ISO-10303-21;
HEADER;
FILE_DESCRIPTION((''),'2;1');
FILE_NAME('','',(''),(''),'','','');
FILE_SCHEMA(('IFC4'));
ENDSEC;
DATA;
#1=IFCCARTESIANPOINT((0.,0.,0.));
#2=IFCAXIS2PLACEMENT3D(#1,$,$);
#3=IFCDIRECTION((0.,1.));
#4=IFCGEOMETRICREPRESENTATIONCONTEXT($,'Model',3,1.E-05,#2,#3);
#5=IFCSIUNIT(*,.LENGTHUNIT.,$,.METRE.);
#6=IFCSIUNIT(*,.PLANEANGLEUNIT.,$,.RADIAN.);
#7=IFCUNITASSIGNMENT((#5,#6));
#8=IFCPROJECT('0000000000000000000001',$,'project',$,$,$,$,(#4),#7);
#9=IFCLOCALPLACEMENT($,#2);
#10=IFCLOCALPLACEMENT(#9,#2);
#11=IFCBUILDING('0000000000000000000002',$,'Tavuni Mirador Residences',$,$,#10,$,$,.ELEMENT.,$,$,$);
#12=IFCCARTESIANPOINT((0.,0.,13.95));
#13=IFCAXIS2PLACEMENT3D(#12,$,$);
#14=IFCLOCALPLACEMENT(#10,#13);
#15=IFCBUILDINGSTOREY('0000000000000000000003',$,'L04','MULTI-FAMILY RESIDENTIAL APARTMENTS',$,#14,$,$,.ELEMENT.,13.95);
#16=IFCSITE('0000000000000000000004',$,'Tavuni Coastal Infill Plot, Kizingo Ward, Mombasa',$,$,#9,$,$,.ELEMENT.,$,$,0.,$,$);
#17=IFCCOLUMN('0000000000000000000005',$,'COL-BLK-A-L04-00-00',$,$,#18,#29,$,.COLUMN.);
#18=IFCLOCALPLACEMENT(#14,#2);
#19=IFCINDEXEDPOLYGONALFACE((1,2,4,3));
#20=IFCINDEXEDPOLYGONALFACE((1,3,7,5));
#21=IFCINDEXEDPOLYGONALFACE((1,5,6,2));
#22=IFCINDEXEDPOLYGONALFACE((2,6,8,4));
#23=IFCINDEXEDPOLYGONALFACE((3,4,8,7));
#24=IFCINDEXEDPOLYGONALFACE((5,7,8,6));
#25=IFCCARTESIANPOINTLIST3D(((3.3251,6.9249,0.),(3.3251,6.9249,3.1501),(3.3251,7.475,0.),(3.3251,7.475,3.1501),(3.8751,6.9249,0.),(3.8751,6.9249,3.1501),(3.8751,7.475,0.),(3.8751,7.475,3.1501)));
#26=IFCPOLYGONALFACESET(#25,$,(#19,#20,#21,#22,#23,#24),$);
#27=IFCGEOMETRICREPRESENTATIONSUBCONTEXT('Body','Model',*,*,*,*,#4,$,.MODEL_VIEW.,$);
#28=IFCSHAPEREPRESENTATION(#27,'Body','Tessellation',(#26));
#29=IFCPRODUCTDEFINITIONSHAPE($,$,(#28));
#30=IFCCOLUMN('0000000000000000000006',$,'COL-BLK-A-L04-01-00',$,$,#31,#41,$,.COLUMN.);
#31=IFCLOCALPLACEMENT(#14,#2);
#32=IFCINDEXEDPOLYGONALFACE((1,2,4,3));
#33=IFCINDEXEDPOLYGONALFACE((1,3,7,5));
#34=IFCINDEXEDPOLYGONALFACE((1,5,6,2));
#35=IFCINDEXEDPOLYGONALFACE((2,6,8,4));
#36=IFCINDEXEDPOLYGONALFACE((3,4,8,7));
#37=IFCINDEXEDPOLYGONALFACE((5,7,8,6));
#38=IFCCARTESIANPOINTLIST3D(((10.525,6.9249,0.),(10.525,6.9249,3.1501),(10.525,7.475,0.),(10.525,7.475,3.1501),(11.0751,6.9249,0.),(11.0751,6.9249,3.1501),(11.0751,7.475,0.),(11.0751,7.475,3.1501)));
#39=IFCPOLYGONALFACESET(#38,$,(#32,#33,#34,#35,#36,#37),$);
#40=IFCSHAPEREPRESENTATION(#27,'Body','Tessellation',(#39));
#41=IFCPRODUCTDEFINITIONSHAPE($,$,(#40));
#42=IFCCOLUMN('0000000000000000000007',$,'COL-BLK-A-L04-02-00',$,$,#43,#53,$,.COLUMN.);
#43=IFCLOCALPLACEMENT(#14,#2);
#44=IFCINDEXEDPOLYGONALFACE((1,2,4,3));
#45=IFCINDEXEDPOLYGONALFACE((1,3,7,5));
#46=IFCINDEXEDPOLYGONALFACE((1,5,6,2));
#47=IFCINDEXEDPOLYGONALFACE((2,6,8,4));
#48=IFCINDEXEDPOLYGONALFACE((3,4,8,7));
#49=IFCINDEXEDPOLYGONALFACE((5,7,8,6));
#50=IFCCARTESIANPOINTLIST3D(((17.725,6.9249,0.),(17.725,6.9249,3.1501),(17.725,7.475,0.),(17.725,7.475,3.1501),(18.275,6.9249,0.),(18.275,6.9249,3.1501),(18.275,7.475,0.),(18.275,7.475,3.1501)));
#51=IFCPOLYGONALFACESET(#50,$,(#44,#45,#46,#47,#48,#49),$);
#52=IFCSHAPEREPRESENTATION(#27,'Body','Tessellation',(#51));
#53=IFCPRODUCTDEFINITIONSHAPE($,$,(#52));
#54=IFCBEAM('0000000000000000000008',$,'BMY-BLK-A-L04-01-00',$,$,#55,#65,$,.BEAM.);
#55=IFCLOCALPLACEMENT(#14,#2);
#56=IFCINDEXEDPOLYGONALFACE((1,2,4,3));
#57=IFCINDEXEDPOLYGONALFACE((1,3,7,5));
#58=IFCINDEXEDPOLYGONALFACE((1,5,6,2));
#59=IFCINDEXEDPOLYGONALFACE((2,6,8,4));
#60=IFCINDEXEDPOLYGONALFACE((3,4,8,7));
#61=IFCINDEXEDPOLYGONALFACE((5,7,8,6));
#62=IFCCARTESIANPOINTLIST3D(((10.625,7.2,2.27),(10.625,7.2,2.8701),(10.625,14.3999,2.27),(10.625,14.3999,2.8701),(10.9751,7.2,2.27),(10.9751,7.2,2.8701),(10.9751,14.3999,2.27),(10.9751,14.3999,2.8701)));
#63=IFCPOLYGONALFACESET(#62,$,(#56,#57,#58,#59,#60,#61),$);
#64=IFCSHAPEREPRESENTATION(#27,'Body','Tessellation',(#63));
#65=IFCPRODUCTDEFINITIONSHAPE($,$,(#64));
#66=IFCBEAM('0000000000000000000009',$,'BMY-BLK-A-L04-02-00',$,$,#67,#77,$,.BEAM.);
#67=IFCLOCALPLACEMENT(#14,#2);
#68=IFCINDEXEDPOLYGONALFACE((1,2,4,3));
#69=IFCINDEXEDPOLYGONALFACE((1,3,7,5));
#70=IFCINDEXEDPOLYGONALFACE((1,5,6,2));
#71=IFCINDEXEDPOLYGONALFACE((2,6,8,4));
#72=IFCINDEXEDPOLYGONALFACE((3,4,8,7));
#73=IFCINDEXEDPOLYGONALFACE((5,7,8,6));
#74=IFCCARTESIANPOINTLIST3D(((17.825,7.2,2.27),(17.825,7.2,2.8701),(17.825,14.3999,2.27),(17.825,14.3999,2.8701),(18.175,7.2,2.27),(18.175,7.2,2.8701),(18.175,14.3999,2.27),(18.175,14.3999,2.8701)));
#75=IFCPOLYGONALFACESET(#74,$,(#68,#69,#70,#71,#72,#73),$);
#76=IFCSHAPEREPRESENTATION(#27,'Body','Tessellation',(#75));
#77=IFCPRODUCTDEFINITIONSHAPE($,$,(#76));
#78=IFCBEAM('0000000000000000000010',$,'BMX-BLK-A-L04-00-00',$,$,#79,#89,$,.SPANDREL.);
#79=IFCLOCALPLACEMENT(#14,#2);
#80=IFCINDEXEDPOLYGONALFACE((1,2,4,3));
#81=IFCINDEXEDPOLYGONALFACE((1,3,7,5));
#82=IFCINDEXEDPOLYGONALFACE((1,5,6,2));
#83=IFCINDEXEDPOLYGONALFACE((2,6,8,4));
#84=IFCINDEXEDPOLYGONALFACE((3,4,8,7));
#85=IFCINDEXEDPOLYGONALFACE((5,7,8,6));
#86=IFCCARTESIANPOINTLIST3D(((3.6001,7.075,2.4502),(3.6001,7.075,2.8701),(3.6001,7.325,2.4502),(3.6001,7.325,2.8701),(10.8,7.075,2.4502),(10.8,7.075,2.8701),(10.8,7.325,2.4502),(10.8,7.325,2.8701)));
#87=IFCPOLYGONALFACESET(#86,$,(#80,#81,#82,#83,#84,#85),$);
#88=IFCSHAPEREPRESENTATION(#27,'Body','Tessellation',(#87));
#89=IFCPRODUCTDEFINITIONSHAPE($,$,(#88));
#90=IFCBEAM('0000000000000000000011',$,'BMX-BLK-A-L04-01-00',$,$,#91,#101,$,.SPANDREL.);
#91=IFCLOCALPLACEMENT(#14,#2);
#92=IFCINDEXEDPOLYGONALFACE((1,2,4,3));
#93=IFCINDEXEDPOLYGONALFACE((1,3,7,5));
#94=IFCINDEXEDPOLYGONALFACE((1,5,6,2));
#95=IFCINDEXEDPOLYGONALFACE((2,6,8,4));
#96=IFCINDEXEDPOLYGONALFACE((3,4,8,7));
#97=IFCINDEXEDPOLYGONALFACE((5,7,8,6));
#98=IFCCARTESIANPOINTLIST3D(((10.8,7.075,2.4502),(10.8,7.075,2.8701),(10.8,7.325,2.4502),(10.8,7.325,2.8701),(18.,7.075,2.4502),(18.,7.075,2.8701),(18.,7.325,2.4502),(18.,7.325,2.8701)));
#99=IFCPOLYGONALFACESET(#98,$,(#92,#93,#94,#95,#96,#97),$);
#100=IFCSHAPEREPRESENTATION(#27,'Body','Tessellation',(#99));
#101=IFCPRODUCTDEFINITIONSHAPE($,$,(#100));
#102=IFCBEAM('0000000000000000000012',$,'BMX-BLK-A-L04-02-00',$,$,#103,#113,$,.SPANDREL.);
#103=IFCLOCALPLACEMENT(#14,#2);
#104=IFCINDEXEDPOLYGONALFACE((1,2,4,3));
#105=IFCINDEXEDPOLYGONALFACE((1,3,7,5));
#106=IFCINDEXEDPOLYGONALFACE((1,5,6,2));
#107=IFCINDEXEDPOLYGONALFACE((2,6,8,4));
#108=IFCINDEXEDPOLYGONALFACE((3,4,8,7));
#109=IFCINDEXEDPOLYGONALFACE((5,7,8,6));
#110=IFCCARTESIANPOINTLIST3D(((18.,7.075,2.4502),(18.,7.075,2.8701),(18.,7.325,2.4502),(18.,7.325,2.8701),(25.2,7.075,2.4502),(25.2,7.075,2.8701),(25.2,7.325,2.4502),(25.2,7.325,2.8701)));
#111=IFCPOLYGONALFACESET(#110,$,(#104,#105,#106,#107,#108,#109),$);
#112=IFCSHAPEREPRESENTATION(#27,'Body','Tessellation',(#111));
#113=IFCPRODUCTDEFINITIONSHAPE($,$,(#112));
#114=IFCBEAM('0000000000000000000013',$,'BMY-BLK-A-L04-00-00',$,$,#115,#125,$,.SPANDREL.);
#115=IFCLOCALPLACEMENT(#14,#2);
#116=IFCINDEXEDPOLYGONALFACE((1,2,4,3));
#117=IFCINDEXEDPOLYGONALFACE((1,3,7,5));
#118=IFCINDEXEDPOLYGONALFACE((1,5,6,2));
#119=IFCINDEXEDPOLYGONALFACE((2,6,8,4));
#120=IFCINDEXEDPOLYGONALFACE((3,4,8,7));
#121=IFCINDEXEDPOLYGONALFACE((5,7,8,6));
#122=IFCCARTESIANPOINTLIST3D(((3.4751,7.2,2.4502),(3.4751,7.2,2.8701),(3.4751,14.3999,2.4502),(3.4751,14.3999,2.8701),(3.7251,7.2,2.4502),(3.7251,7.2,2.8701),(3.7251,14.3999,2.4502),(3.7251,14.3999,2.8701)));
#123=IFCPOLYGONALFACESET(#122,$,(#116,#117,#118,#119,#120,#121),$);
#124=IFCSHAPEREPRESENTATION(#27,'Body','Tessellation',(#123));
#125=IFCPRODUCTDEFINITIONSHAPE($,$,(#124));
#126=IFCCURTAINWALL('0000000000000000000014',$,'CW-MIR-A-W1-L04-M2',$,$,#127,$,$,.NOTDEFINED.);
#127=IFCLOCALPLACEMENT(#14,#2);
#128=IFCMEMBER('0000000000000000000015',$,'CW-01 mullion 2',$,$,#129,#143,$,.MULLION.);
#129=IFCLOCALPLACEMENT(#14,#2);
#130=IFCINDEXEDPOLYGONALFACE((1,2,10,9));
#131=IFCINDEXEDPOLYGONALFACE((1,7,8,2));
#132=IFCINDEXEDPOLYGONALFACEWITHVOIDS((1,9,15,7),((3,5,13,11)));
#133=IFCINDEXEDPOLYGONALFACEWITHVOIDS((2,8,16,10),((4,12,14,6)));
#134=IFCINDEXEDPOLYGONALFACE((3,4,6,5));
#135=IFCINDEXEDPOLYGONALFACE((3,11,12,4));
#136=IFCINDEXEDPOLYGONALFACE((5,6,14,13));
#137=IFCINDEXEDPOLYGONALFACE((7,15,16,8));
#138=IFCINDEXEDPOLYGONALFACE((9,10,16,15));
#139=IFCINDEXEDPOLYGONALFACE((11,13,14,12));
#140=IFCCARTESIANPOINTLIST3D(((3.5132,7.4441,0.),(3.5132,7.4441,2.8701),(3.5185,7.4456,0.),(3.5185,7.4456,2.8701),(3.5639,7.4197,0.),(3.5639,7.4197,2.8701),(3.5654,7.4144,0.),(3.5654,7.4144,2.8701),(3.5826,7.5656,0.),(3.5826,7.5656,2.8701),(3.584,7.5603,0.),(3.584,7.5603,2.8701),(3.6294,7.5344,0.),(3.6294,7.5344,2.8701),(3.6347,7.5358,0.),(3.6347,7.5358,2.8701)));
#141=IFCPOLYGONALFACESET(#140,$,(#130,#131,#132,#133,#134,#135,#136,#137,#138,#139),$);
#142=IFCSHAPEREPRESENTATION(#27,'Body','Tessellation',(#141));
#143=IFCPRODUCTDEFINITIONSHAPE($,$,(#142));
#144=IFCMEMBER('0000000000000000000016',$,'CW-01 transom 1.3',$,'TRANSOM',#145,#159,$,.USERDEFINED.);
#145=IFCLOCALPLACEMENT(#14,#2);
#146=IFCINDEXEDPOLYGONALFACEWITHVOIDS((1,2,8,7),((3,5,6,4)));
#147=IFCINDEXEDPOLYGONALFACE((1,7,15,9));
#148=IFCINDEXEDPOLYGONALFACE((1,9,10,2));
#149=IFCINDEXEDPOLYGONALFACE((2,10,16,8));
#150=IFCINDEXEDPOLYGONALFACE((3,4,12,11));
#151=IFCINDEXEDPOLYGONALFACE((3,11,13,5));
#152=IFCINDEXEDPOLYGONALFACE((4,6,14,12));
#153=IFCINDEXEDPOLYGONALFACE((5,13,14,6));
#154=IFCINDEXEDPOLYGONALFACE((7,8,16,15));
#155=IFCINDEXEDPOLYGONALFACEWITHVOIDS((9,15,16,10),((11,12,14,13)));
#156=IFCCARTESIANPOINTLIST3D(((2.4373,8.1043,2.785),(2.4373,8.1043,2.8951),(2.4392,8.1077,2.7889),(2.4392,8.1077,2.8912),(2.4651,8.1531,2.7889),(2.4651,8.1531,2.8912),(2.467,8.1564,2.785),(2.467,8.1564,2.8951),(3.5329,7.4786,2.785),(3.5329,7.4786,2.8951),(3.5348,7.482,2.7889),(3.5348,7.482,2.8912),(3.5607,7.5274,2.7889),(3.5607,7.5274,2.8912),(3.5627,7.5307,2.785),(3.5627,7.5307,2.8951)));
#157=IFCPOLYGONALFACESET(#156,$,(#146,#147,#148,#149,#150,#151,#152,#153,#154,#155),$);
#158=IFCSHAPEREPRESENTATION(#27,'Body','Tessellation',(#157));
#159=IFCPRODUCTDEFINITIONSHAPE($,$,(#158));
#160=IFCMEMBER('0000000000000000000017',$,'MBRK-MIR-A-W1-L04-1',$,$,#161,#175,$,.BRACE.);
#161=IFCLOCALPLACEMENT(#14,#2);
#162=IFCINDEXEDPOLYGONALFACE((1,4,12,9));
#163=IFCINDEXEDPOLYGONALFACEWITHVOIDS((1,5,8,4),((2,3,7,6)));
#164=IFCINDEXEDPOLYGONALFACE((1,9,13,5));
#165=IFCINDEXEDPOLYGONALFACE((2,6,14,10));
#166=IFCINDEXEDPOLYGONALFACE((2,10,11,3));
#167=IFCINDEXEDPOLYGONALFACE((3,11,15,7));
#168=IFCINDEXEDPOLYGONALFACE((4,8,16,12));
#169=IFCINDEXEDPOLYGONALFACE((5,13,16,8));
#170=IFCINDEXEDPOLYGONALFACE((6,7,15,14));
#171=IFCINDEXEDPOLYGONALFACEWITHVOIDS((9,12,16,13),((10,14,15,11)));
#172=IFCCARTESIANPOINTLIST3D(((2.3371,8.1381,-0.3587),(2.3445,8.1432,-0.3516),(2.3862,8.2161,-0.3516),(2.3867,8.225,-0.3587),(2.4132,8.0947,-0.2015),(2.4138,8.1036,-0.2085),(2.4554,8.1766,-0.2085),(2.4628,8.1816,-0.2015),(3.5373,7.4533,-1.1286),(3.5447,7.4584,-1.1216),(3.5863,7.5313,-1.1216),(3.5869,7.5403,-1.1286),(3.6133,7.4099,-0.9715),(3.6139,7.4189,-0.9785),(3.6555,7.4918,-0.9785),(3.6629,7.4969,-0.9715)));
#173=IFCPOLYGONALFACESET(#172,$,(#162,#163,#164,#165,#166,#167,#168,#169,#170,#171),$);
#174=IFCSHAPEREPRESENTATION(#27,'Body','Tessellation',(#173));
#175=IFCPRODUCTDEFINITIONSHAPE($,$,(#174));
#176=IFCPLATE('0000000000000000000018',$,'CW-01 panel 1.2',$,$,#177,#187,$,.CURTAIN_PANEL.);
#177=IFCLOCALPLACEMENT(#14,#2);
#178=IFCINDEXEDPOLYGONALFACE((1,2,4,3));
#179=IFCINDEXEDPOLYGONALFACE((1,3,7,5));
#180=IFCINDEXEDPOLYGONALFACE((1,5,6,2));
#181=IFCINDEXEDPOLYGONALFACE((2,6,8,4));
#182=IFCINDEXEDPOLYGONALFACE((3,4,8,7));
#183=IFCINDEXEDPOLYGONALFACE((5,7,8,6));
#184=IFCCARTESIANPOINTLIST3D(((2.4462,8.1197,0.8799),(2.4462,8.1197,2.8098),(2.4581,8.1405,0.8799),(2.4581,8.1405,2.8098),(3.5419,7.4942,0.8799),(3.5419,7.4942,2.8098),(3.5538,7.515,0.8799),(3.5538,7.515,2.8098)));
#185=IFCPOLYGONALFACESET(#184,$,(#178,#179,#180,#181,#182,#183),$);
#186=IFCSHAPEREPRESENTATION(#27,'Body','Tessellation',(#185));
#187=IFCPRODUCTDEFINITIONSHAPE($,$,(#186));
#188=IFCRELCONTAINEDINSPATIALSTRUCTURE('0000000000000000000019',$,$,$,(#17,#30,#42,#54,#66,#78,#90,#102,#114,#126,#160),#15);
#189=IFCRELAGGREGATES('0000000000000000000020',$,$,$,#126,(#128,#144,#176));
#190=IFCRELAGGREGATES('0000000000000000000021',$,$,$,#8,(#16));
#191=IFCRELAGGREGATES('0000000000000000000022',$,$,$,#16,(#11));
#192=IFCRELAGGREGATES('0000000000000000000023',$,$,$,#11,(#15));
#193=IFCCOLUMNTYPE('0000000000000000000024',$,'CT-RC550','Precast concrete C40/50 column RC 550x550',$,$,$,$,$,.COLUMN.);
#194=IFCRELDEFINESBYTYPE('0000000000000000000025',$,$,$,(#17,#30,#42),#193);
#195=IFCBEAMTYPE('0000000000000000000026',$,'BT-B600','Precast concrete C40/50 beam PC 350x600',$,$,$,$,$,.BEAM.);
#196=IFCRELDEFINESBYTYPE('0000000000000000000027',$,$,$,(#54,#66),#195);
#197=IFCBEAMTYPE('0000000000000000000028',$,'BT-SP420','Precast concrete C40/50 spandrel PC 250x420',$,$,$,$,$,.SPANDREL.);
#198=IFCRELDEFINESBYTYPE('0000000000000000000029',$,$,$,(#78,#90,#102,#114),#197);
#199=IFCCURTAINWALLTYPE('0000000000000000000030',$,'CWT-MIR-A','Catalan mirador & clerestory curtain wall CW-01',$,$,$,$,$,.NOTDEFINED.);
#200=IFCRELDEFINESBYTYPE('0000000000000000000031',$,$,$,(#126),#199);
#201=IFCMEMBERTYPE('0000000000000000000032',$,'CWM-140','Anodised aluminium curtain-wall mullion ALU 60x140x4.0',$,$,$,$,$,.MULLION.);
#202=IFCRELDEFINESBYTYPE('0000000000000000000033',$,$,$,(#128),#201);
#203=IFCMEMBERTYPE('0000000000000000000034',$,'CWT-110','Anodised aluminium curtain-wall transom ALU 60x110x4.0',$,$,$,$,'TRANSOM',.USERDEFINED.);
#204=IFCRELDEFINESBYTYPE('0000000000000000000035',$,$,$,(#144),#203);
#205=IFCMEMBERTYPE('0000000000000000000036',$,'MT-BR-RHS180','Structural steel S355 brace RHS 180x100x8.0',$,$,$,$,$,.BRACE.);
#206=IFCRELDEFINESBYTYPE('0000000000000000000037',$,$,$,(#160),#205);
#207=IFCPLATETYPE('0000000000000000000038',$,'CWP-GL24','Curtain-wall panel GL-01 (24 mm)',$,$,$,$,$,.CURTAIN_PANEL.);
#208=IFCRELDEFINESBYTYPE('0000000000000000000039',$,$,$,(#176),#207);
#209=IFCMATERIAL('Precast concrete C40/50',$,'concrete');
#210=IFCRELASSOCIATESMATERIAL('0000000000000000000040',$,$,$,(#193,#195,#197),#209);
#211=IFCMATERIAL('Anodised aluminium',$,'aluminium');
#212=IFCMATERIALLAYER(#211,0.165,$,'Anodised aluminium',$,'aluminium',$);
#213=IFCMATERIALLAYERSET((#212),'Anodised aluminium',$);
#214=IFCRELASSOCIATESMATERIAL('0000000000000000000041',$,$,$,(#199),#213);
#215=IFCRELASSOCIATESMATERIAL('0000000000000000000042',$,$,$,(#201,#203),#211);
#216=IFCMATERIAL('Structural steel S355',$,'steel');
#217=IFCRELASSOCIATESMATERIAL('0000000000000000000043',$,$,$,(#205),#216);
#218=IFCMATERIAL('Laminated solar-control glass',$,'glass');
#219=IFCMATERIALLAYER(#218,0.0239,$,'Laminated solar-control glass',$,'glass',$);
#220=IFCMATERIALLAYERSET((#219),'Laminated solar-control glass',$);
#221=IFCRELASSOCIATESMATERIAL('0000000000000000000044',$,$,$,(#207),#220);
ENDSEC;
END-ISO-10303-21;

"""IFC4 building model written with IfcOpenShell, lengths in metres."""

from ifc_helpers import new_model, si_unit, direction, frame, origin, origin_2d, place, context, subcontext, project, spatial, rectangle, hollow_rectangle, extrude, material, layer, layer_set, material_profile, profile_set, type_object, element, aggregate, save


model = new_model("IFC4")

# Units and contexts
model_context = context("Model", 3, precision=1e-05, world=origin(), true_north=direction((0.0, 1.0)))
body_context = subcontext(model_context, "Body", "Model", "MODEL_VIEW")
ifc_project = project(units=[si_unit("LENGTHUNIT", "METRE"), si_unit("PLANEANGLEUNIT", "RADIAN")], contexts=[model_context])

# Site, building, storey
site_placement = place(None, origin())
site = spatial("IfcSite", under=ifc_project, at=site_placement, Name="Tavuni Coastal Infill Plot, Kizingo Ward, Mombasa", CompositionType="ELEMENT", RefElevation=0.0)
building_placement = place(site_placement, origin())
building = spatial("IfcBuilding", under=site, at=building_placement, Name="Tavuni Mirador Residences", CompositionType="ELEMENT")
storey_placement = place(building_placement, frame((0.0, 0.0, 13.95)))
storey = spatial("IfcBuildingStorey", under=building, at=storey_placement, Name="L04", Description="MULTI-FAMILY RESIDENTIAL APARTMENTS", CompositionType="ELEMENT", Elevation=13.95)

# Columns
ifc_material_1 = material(Name="Precast concrete C40/50", Category="concrete")
ifc_material_profile_1 = material_profile(ifc_material_1, rectangle(XDim=0.55, YDim=0.55, at=origin_2d()), Name="RC 550x550", Category="concrete")
ifc_profile_set_1 = profile_set([ifc_material_profile_1], Name="Precast concrete C40/50")
column_type = type_object("IfcColumnType", Name="CT-RC550", Description="Precast concrete C40/50 column RC 550x550", PredefinedType="COLUMN", material=ifc_profile_set_1)
for number, where, z_axis, x_axis, name in (
    (1, (3.6001, 7.2, 0.0), (0.0, 0.0, 1.0), (1.0, 0.0, 0.0), "COL-BLK-A-L04-00-00"),
    (2, (10.8, 7.2, 0.0), (0.0, 0.0, 1.0), (1.0, 0.0, 0.0), "COL-BLK-A-L04-01-00"),
    (3, (18.0, 7.2, 0.0), (0.0, 0.0, 1.0), (1.0, 0.0, 0.0), "COL-BLK-A-L04-02-00"),
):
    element("IfcColumn", number, at=place(storey_placement, frame(where, z_axis=z_axis, x_axis=x_axis)), inside=storey, type_object=column_type, Name=name, PredefinedType="COLUMN", context=body_context, shape_type="SweptSolid", body=[
        extrude(rectangle(XDim=0.55, YDim=0.55, at=origin_2d()), origin(), (0.0, 0.0, 1.0), 3.1501),
    ])

# Beams
ifc_material_profile_2 = material_profile(ifc_material_1, rectangle(XDim=0.3501, YDim=0.6001, at=origin_2d()), Name="PC 350x600", Category="concrete")
ifc_profile_set_2 = profile_set([ifc_material_profile_2], Name="Precast concrete C40/50")
beam_type_1 = type_object("IfcBeamType", Name="BT-B600", Description="Precast concrete C40/50 beam PC 350x600", PredefinedType="BEAM", material=ifc_profile_set_2)
for number, where, z_axis, x_axis, name in (
    (4, (10.8, 7.2, 2.5701), (0.0, 1.0, 0.0), (-1.0, 0.0, 0.0), "BMY-BLK-A-L04-01-00"),
    (5, (18.0, 7.2, 2.5701), (0.0, 1.0, 0.0), (-1.0, 0.0, 0.0), "BMY-BLK-A-L04-02-00"),
):
    element("IfcBeam", number, at=place(storey_placement, frame(where, z_axis=z_axis, x_axis=x_axis)), inside=storey, type_object=beam_type_1, Name=name, PredefinedType="BEAM", context=body_context, shape_type="SweptSolid", body=[
        extrude(rectangle(XDim=0.3501, YDim=0.6001, at=origin_2d()), origin(), (0.0, 0.0, 1.0), 7.2),
    ])
ifc_material_profile_3 = material_profile(ifc_material_1, rectangle(XDim=0.25, YDim=0.4199, at=origin_2d()), Name="PC 250x420", Category="concrete")
ifc_profile_set_3 = profile_set([ifc_material_profile_3], Name="Precast concrete C40/50")
beam_type_2 = type_object("IfcBeamType", Name="BT-SP420", Description="Precast concrete C40/50 spandrel PC 250x420", PredefinedType="SPANDREL", material=ifc_profile_set_3)
for number, where, z_axis, x_axis, name in (
    (6, (3.6001, 7.2, 2.6602), (1.0, 0.0, 0.0), (0.0, 1.0, 0.0), "BMX-BLK-A-L04-00-00"),
    (7, (10.8, 7.2, 2.6602), (1.0, 0.0, 0.0), (0.0, 1.0, 0.0), "BMX-BLK-A-L04-01-00"),
    (8, (18.0, 7.2, 2.6602), (1.0, 0.0, 0.0), (0.0, 1.0, 0.0), "BMX-BLK-A-L04-02-00"),
    (9, (3.6001, 7.2, 2.6602), (0.0, 1.0, 0.0), (-1.0, 0.0, 0.0), "BMY-BLK-A-L04-00-00"),
):
    element("IfcBeam", number, at=place(storey_placement, frame(where, z_axis=z_axis, x_axis=x_axis)), inside=storey, type_object=beam_type_2, Name=name, PredefinedType="SPANDREL", context=body_context, shape_type="SweptSolid", body=[
        extrude(rectangle(XDim=0.25, YDim=0.4199, at=origin_2d()), origin(), (0.0, 0.0, 1.0), 7.2),
    ])

# Curtain wall, members
ifc_material_2 = material(Name="Anodised aluminium", Category="aluminium")
ifc_layer_1 = layer(ifc_material_2, 0.165, Name="Anodised aluminium", Category="aluminium")
ifc_layer_set_1 = layer_set([ifc_layer_1], Name="Anodised aluminium")
curtain_wall_type = type_object("IfcCurtainWallType", Name="CWT-MIR-A", Description="Catalan mirador & clerestory curtain wall CW-01", PredefinedType="NOTDEFINED", material=ifc_layer_set_1)
curtain_wall_placement = place(storey_placement, origin())
curtain_wall = element("IfcCurtainWall", 10, at=curtain_wall_placement, inside=storey, type_object=curtain_wall_type, Name="CW-MIR-A-W1-L04-M2", PredefinedType="NOTDEFINED")
ifc_material_profile_4 = material_profile(ifc_material_2, hollow_rectangle(XDim=0.0601, YDim=0.1399, WallThickness=0.0039, at=origin_2d()), Name="ALU 60x140x4.0", Category="aluminium")
ifc_profile_set_4 = profile_set([ifc_material_profile_4], Name="Anodised aluminium")
member_type_1 = type_object("IfcMemberType", Name="CWM-140", Description="Anodised aluminium curtain-wall mullion ALU 60x140x4.0", PredefinedType="MULLION", material=ifc_profile_set_4)
member_1_placement = place(storey_placement, frame((3.574, 7.49, 0.0), z_axis=(0.0, 0.0, 1.0), x_axis=(0.868466, -0.495749, 0.0)))
member_1 = element("IfcMember", 11, at=member_1_placement, type_object=member_type_1, Name="CW-01 mullion 2", PredefinedType="MULLION", context=body_context, shape_type="SweptSolid", body=[
    extrude(hollow_rectangle(XDim=0.0601, YDim=0.1399, WallThickness=0.0039, at=origin_2d()), origin(), (0.0, 0.0, 1.0), 2.8701),
])
ifc_material_profile_5 = material_profile(ifc_material_2, hollow_rectangle(XDim=0.0601, YDim=0.1101, WallThickness=0.0039, at=origin_2d()), Name="ALU 60x110x4.0", Category="aluminium")
ifc_profile_set_5 = profile_set([ifc_material_profile_5], Name="Anodised aluminium")
member_type_2 = type_object("IfcMemberType", Name="CWT-110", Description="Anodised aluminium curtain-wall transom ALU 60x110x4.0", ElementType="TRANSOM", PredefinedType="USERDEFINED", material=ifc_profile_set_5)
member_2_placement = place(storey_placement, frame((2.4521, 8.1304, 2.8401), z_axis=(0.868374, -0.49591, 0.0), x_axis=(0.49591, 0.868374, 0.0)))
member_2 = element("IfcMember", 12, at=member_2_placement, type_object=member_type_2, Name="CW-01 transom 1.3", ObjectType="TRANSOM", PredefinedType="USERDEFINED", context=body_context, shape_type="SweptSolid", body=[
    extrude(hollow_rectangle(XDim=0.0601, YDim=0.1101, WallThickness=0.0039, at=origin_2d()), origin(), (0.0, 0.0, 1.0), 1.2617),
])

# Member
ifc_material_3 = material(Name="Structural steel S355", Category="steel")
ifc_material_profile_6 = material_profile(ifc_material_3, hollow_rectangle(XDim=0.1001, YDim=0.1799, WallThickness=0.0081, at=origin_2d()), Name="RHS 180x100x8.0", Category="steel")
ifc_profile_set_6 = profile_set([ifc_material_profile_6], Name="Structural steel S355")
member_type_3 = type_object("IfcMemberType", Name="MT-BR-RHS180", Description="Structural steel S355 brace RHS 180x100x8.0", PredefinedType="BRACE", material=ifc_profile_set_6)
member_3_placement = place(storey_placement, frame((3.6001, 7.4751, -1.05), z_axis=(-0.758711, 0.43291, 0.486772), x_axis=(-0.495587, -0.868558, 0.0)))
element("IfcMember", 13, at=member_3_placement, inside=storey, type_object=member_type_3, Name="MBRK-MIR-A-W1-L04-1", PredefinedType="BRACE", context=body_context, shape_type="SweptSolid", body=[
    extrude(hollow_rectangle(XDim=0.1001, YDim=0.1799, WallThickness=0.0081, at=origin_2d()), origin(), (0.0, 0.0, 1.0), 1.5818),
])

# Plate
ifc_material_4 = material(Name="Laminated solar-control glass", Category="glass")
ifc_layer_2 = layer(ifc_material_4, 0.0239, Name="Laminated solar-control glass", Category="glass")
ifc_layer_set_2 = layer_set([ifc_layer_2], Name="Laminated solar-control glass")
plate_type_1 = type_object("IfcPlateType", Name="CWP-GL24", Description="Curtain-wall panel GL-01 (24 mm)", PredefinedType="CURTAIN_PANEL", material=ifc_layer_set_2)
plate_1_placement = place(storey_placement, frame((3.0, 7.8174, 0.8799), z_axis=(0.0, 0.0, 1.0), x_axis=(0.868466, -0.495749, 0.0)))
plate_1 = element("IfcPlate", 14, at=plate_1_placement, type_object=plate_type_1, Name="CW-01 panel 1.2", PredefinedType="CURTAIN_PANEL", context=body_context, shape_type="SweptSolid", body=[
    extrude(rectangle(XDim=1.2617, YDim=0.0239, at=origin_2d()), origin(), (0.0, 0.0, 1.0), 1.9299),
])
aggregate(curtain_wall, [member_1, member_2, plate_1])

save(model, "model.ifc")
